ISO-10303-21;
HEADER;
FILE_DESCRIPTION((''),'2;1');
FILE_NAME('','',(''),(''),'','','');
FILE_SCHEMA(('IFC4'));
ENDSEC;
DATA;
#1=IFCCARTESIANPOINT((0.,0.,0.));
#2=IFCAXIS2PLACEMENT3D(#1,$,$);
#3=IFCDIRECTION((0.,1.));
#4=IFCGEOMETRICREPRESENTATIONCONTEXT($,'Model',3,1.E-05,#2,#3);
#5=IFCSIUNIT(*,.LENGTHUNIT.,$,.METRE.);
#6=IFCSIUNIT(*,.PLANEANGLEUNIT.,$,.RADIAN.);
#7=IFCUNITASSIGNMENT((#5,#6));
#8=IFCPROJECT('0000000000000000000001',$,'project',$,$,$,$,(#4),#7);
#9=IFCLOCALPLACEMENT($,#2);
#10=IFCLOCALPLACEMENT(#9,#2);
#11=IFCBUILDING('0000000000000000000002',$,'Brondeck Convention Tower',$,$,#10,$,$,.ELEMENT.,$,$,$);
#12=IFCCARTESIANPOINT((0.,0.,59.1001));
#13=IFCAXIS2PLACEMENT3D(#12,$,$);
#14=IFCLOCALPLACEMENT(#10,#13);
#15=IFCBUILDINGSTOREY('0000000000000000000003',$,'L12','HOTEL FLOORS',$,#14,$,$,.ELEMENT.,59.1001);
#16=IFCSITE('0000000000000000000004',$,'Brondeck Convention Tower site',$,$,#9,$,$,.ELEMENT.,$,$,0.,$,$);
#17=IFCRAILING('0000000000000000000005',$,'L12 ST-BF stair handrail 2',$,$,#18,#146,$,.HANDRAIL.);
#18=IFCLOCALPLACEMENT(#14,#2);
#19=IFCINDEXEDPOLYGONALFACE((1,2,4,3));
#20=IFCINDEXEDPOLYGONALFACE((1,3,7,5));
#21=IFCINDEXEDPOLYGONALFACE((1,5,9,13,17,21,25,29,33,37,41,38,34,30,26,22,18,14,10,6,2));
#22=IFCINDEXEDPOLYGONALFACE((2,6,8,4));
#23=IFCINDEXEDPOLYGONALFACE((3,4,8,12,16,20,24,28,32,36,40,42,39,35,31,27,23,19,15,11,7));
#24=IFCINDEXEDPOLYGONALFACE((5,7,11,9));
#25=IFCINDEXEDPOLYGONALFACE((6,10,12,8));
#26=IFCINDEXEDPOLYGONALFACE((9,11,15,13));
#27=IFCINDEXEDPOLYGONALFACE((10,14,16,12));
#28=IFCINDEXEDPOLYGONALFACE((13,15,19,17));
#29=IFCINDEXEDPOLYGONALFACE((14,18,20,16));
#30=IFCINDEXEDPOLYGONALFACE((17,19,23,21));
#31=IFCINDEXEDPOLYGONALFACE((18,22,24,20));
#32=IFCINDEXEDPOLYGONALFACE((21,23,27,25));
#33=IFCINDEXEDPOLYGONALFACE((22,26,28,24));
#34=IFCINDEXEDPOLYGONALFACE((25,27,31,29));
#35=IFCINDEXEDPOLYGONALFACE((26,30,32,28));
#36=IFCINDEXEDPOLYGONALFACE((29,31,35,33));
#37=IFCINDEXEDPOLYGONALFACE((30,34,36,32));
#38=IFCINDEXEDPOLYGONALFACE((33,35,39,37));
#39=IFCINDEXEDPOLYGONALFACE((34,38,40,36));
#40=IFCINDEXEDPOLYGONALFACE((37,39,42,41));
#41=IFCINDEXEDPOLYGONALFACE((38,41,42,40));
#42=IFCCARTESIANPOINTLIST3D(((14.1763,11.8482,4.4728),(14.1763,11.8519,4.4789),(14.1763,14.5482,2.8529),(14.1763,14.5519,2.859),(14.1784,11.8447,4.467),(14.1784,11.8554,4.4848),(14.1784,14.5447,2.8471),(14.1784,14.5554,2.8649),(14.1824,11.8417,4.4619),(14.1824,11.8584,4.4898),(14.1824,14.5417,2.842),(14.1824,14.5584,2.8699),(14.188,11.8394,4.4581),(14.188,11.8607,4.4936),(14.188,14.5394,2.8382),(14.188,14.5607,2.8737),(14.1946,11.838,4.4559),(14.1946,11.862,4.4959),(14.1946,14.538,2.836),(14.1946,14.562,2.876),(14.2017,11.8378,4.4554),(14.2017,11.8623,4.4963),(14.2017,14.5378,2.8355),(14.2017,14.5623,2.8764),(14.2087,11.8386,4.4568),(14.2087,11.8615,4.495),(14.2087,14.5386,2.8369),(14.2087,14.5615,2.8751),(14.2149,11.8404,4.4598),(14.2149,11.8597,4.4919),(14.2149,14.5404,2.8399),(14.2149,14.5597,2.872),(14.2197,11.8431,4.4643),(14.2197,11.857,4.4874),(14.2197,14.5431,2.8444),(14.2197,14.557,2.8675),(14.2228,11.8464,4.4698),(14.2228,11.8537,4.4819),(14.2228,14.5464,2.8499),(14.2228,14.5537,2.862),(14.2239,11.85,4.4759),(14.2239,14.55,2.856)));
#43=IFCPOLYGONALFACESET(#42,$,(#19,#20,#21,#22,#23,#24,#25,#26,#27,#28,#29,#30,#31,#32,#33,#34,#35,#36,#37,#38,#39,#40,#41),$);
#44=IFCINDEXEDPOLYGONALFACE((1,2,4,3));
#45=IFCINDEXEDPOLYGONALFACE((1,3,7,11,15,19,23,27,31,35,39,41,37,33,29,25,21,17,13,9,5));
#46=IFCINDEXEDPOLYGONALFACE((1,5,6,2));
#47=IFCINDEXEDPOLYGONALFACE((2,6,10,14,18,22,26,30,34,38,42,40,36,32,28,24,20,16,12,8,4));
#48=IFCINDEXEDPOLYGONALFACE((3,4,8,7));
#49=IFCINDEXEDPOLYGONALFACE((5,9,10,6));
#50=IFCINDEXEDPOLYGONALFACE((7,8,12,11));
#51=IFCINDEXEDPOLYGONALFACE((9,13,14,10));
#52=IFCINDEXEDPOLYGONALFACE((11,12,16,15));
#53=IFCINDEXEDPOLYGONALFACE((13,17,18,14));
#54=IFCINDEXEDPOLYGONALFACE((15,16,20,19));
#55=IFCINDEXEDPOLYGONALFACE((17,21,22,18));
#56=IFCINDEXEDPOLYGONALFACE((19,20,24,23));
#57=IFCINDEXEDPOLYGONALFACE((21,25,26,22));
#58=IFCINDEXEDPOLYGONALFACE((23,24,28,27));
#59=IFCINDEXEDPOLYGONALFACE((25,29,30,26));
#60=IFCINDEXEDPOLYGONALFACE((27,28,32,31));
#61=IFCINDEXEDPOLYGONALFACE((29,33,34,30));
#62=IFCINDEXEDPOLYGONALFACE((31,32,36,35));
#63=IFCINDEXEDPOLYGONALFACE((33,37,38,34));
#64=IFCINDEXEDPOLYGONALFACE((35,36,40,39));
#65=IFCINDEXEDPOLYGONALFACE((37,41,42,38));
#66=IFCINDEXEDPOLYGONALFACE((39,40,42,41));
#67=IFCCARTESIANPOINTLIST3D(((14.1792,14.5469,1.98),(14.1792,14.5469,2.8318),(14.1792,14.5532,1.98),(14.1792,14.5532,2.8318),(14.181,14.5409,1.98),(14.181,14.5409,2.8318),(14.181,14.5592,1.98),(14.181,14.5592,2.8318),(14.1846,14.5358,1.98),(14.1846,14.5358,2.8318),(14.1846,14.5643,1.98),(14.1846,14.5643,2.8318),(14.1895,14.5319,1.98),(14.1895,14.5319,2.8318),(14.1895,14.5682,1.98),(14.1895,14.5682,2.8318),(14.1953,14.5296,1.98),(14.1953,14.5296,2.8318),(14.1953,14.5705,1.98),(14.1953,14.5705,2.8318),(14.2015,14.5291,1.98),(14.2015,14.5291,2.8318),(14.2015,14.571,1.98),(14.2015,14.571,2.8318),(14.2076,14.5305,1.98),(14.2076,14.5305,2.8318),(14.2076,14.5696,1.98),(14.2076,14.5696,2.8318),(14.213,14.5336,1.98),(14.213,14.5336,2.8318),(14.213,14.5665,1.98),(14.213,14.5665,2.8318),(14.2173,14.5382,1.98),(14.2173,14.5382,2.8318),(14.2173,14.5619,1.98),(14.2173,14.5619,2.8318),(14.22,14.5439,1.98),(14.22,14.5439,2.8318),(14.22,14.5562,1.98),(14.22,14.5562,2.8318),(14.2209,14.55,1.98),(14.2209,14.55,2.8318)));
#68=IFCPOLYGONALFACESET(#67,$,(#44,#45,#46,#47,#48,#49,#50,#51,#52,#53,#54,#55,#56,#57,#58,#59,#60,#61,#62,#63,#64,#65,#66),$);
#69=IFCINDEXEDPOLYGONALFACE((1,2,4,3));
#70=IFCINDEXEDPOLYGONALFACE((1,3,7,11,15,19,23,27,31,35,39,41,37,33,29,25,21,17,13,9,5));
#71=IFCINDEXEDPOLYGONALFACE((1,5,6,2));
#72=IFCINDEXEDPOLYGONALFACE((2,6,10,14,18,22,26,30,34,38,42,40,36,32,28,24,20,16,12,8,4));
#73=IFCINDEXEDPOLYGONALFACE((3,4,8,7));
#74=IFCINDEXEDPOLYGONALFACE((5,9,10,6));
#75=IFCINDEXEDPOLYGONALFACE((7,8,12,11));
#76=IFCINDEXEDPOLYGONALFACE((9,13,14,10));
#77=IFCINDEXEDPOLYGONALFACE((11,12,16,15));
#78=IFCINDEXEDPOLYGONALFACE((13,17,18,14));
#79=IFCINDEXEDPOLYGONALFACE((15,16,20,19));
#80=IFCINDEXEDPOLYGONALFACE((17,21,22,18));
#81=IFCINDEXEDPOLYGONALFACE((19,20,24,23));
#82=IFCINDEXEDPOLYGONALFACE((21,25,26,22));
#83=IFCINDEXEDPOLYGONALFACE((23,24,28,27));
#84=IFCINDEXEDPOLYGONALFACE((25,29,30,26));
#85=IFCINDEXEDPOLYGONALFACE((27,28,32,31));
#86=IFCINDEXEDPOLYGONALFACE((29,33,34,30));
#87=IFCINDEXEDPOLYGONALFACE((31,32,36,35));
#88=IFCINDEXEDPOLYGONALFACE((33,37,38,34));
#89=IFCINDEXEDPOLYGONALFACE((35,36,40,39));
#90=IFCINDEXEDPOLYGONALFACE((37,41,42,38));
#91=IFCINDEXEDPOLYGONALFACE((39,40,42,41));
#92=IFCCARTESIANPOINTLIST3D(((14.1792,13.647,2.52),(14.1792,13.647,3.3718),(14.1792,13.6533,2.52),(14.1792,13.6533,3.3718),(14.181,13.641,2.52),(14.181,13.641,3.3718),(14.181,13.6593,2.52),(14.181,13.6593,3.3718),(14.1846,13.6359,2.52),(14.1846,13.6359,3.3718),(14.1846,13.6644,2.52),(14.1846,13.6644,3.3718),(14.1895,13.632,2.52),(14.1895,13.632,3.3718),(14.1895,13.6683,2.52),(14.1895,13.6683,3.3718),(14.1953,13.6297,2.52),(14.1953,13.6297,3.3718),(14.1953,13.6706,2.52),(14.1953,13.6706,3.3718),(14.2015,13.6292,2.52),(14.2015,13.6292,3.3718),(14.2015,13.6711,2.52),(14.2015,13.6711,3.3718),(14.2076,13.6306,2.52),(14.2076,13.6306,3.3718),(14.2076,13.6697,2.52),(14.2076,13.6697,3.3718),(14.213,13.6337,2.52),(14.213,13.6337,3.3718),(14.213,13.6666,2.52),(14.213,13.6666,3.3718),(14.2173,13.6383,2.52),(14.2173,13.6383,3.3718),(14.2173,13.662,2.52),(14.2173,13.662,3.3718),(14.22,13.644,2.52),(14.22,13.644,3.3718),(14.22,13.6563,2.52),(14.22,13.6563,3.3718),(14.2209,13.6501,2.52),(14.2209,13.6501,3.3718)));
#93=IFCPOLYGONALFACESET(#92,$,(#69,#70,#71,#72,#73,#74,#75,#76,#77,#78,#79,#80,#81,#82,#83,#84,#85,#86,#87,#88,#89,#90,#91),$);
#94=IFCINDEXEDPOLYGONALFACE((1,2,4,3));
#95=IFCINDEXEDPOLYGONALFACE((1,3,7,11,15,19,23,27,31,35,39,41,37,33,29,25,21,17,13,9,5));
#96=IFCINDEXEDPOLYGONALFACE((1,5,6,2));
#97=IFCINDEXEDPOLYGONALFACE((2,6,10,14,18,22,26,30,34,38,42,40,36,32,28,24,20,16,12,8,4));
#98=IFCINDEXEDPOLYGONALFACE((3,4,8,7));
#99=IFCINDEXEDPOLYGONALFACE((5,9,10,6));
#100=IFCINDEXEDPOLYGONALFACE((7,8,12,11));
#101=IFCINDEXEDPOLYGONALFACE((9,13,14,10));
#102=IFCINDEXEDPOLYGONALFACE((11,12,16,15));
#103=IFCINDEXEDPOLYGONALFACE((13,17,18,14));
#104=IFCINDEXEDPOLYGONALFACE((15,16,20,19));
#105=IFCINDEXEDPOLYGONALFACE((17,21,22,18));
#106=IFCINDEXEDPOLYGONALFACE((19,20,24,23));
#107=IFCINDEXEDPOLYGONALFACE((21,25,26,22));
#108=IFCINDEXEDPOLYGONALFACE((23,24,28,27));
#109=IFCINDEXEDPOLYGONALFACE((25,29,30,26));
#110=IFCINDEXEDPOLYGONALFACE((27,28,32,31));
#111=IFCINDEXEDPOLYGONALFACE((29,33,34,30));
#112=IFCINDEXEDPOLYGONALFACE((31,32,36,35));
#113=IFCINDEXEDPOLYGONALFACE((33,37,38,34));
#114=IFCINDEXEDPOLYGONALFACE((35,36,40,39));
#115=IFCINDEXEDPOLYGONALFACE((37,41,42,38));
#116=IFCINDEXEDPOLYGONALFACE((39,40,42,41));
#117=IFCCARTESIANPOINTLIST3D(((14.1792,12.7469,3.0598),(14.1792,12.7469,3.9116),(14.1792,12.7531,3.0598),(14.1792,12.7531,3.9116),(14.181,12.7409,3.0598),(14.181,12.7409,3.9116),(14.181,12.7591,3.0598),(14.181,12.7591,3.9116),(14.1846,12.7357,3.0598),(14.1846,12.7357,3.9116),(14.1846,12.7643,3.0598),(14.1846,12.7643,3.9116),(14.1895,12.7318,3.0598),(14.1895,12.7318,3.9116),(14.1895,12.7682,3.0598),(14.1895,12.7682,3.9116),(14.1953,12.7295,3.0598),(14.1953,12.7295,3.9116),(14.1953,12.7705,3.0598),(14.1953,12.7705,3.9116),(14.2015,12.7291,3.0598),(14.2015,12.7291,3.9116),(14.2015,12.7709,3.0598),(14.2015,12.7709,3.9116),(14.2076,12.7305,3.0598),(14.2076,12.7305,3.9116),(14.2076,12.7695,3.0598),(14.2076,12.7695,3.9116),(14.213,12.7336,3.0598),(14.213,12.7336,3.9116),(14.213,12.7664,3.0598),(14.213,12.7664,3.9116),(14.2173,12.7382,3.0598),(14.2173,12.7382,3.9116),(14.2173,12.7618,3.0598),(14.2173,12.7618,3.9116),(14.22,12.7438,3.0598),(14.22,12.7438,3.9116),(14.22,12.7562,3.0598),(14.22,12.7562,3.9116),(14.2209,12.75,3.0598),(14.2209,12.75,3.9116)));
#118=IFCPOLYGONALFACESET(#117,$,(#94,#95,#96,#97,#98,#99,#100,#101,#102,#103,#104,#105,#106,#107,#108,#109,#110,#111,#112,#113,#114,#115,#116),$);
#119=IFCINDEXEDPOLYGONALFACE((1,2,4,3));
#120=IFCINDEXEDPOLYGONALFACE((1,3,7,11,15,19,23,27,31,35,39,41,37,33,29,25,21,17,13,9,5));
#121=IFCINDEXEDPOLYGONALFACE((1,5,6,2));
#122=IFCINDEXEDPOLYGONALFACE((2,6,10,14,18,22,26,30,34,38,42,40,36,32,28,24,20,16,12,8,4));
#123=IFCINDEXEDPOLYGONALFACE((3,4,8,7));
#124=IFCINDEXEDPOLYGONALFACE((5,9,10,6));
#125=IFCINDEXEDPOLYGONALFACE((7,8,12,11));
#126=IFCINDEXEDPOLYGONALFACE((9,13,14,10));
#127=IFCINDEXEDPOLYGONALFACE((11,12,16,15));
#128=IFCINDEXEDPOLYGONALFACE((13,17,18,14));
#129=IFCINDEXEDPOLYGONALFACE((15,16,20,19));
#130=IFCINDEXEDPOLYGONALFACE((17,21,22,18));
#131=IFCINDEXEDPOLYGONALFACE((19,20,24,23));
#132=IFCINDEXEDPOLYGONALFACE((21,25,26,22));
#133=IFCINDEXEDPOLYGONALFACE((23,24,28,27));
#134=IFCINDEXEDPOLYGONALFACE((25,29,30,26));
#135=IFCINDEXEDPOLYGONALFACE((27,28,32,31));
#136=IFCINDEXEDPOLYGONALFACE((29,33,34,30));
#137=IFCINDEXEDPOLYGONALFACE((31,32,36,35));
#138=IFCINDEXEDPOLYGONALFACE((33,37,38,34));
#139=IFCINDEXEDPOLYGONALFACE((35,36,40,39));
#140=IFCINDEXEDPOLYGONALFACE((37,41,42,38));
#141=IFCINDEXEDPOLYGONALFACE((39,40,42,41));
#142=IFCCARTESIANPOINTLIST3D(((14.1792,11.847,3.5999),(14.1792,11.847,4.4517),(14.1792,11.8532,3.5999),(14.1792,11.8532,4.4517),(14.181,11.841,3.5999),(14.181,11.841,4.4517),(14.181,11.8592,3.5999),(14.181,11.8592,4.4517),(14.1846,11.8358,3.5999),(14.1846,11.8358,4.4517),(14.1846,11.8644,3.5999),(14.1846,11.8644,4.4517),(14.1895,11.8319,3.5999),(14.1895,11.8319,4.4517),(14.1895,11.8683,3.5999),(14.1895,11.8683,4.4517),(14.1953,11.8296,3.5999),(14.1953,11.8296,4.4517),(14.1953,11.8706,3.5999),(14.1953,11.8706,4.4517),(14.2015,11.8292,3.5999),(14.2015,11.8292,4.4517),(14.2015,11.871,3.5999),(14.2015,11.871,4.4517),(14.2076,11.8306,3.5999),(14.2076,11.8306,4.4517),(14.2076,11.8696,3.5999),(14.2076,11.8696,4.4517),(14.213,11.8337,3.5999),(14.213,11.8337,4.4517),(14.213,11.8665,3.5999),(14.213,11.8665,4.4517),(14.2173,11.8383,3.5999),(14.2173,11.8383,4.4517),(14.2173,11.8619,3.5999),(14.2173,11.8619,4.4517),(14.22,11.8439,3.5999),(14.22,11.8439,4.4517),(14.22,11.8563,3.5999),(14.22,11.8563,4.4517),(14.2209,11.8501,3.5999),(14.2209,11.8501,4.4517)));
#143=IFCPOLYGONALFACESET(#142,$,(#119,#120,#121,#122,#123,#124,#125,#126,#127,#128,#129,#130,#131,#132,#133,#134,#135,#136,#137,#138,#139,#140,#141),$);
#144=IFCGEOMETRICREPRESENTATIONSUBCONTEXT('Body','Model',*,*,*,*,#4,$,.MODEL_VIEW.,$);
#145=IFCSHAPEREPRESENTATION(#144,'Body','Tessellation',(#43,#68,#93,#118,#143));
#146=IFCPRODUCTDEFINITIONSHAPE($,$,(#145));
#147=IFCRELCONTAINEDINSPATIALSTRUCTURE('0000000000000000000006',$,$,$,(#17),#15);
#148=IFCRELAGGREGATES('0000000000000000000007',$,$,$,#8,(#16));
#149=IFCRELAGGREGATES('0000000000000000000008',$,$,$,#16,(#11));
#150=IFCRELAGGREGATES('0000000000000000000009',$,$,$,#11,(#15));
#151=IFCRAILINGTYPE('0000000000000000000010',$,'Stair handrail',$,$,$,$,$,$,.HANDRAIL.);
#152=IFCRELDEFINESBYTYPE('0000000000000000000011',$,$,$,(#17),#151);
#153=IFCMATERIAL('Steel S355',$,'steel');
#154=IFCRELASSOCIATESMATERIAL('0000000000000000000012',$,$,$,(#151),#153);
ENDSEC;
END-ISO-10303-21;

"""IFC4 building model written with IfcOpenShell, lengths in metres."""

from ifc_helpers import new_model, si_unit, direction, frame, origin, origin_2d, place, context, subcontext, project, spatial, circle, extrude, material, type_object, element, save


model = new_model("IFC4")

# Units and contexts
model_context = context("Model", 3, precision=1e-05, world=origin(), true_north=direction((0.0, 1.0)))
body_context = subcontext(model_context, "Body", "Model", "MODEL_VIEW")
ifc_project = project(units=[si_unit("LENGTHUNIT", "METRE"), si_unit("PLANEANGLEUNIT", "RADIAN")], contexts=[model_context])

# Site, building, storey
site_placement = place(None, origin())
site = spatial("IfcSite", under=ifc_project, at=site_placement, Name="Brondeck Convention Tower site", CompositionType="ELEMENT", RefElevation=0.0)
building_placement = place(site_placement, origin())
building = spatial("IfcBuilding", under=site, at=building_placement, Name="Brondeck Convention Tower", CompositionType="ELEMENT")
storey_placement = place(building_placement, frame((0.0, 0.0, 59.1001)))
storey = spatial("IfcBuildingStorey", under=building, at=storey_placement, Name="L12", Description="HOTEL FLOORS", CompositionType="ELEMENT", Elevation=59.1001)

# Shared definitions
ifc_material_1 = material(Name="Steel S355", Category="steel")

# Railing
railing_type_1 = type_object("IfcRailingType", Name="Stair handrail", PredefinedType="HANDRAIL", material=ifc_material_1)
railing_1_placement = place(storey_placement, frame((14.2, 14.55, 1.98)))
element("IfcRailing", 1, at=railing_1_placement, inside=storey, type_object=railing_type_1, Name="L12 ST-BF stair handrail 2", PredefinedType="HANDRAIL", context=body_context, shape_type="SweptSolid", body=[
    extrude(circle(Radius=0.0239, at=origin_2d()), frame((0.0, 0.0, 0.876), z_axis=(0.0, -0.857507, 0.514473), x_axis=(1.0, 0.0, 0.0)), (0.0, 0.0, 1.0), 3.1487),
    extrude(circle(Radius=0.021, at=origin_2d()), origin(), (0.0, 0.0, 1.0), 0.8518),
    extrude(circle(Radius=0.021, at=origin_2d()), frame((0.0, -0.8999, 0.54)), (0.0, 0.0, 1.0), 0.8518),
    extrude(circle(Radius=0.021, at=origin_2d()), frame((0.0, -1.8, 1.0798)), (0.0, 0.0, 1.0), 0.8518),
    extrude(circle(Radius=0.021, at=origin_2d()), frame((0.0, -2.7, 1.6199)), (0.0, 0.0, 1.0), 0.8518),
])

save(model, "model.ifc")
